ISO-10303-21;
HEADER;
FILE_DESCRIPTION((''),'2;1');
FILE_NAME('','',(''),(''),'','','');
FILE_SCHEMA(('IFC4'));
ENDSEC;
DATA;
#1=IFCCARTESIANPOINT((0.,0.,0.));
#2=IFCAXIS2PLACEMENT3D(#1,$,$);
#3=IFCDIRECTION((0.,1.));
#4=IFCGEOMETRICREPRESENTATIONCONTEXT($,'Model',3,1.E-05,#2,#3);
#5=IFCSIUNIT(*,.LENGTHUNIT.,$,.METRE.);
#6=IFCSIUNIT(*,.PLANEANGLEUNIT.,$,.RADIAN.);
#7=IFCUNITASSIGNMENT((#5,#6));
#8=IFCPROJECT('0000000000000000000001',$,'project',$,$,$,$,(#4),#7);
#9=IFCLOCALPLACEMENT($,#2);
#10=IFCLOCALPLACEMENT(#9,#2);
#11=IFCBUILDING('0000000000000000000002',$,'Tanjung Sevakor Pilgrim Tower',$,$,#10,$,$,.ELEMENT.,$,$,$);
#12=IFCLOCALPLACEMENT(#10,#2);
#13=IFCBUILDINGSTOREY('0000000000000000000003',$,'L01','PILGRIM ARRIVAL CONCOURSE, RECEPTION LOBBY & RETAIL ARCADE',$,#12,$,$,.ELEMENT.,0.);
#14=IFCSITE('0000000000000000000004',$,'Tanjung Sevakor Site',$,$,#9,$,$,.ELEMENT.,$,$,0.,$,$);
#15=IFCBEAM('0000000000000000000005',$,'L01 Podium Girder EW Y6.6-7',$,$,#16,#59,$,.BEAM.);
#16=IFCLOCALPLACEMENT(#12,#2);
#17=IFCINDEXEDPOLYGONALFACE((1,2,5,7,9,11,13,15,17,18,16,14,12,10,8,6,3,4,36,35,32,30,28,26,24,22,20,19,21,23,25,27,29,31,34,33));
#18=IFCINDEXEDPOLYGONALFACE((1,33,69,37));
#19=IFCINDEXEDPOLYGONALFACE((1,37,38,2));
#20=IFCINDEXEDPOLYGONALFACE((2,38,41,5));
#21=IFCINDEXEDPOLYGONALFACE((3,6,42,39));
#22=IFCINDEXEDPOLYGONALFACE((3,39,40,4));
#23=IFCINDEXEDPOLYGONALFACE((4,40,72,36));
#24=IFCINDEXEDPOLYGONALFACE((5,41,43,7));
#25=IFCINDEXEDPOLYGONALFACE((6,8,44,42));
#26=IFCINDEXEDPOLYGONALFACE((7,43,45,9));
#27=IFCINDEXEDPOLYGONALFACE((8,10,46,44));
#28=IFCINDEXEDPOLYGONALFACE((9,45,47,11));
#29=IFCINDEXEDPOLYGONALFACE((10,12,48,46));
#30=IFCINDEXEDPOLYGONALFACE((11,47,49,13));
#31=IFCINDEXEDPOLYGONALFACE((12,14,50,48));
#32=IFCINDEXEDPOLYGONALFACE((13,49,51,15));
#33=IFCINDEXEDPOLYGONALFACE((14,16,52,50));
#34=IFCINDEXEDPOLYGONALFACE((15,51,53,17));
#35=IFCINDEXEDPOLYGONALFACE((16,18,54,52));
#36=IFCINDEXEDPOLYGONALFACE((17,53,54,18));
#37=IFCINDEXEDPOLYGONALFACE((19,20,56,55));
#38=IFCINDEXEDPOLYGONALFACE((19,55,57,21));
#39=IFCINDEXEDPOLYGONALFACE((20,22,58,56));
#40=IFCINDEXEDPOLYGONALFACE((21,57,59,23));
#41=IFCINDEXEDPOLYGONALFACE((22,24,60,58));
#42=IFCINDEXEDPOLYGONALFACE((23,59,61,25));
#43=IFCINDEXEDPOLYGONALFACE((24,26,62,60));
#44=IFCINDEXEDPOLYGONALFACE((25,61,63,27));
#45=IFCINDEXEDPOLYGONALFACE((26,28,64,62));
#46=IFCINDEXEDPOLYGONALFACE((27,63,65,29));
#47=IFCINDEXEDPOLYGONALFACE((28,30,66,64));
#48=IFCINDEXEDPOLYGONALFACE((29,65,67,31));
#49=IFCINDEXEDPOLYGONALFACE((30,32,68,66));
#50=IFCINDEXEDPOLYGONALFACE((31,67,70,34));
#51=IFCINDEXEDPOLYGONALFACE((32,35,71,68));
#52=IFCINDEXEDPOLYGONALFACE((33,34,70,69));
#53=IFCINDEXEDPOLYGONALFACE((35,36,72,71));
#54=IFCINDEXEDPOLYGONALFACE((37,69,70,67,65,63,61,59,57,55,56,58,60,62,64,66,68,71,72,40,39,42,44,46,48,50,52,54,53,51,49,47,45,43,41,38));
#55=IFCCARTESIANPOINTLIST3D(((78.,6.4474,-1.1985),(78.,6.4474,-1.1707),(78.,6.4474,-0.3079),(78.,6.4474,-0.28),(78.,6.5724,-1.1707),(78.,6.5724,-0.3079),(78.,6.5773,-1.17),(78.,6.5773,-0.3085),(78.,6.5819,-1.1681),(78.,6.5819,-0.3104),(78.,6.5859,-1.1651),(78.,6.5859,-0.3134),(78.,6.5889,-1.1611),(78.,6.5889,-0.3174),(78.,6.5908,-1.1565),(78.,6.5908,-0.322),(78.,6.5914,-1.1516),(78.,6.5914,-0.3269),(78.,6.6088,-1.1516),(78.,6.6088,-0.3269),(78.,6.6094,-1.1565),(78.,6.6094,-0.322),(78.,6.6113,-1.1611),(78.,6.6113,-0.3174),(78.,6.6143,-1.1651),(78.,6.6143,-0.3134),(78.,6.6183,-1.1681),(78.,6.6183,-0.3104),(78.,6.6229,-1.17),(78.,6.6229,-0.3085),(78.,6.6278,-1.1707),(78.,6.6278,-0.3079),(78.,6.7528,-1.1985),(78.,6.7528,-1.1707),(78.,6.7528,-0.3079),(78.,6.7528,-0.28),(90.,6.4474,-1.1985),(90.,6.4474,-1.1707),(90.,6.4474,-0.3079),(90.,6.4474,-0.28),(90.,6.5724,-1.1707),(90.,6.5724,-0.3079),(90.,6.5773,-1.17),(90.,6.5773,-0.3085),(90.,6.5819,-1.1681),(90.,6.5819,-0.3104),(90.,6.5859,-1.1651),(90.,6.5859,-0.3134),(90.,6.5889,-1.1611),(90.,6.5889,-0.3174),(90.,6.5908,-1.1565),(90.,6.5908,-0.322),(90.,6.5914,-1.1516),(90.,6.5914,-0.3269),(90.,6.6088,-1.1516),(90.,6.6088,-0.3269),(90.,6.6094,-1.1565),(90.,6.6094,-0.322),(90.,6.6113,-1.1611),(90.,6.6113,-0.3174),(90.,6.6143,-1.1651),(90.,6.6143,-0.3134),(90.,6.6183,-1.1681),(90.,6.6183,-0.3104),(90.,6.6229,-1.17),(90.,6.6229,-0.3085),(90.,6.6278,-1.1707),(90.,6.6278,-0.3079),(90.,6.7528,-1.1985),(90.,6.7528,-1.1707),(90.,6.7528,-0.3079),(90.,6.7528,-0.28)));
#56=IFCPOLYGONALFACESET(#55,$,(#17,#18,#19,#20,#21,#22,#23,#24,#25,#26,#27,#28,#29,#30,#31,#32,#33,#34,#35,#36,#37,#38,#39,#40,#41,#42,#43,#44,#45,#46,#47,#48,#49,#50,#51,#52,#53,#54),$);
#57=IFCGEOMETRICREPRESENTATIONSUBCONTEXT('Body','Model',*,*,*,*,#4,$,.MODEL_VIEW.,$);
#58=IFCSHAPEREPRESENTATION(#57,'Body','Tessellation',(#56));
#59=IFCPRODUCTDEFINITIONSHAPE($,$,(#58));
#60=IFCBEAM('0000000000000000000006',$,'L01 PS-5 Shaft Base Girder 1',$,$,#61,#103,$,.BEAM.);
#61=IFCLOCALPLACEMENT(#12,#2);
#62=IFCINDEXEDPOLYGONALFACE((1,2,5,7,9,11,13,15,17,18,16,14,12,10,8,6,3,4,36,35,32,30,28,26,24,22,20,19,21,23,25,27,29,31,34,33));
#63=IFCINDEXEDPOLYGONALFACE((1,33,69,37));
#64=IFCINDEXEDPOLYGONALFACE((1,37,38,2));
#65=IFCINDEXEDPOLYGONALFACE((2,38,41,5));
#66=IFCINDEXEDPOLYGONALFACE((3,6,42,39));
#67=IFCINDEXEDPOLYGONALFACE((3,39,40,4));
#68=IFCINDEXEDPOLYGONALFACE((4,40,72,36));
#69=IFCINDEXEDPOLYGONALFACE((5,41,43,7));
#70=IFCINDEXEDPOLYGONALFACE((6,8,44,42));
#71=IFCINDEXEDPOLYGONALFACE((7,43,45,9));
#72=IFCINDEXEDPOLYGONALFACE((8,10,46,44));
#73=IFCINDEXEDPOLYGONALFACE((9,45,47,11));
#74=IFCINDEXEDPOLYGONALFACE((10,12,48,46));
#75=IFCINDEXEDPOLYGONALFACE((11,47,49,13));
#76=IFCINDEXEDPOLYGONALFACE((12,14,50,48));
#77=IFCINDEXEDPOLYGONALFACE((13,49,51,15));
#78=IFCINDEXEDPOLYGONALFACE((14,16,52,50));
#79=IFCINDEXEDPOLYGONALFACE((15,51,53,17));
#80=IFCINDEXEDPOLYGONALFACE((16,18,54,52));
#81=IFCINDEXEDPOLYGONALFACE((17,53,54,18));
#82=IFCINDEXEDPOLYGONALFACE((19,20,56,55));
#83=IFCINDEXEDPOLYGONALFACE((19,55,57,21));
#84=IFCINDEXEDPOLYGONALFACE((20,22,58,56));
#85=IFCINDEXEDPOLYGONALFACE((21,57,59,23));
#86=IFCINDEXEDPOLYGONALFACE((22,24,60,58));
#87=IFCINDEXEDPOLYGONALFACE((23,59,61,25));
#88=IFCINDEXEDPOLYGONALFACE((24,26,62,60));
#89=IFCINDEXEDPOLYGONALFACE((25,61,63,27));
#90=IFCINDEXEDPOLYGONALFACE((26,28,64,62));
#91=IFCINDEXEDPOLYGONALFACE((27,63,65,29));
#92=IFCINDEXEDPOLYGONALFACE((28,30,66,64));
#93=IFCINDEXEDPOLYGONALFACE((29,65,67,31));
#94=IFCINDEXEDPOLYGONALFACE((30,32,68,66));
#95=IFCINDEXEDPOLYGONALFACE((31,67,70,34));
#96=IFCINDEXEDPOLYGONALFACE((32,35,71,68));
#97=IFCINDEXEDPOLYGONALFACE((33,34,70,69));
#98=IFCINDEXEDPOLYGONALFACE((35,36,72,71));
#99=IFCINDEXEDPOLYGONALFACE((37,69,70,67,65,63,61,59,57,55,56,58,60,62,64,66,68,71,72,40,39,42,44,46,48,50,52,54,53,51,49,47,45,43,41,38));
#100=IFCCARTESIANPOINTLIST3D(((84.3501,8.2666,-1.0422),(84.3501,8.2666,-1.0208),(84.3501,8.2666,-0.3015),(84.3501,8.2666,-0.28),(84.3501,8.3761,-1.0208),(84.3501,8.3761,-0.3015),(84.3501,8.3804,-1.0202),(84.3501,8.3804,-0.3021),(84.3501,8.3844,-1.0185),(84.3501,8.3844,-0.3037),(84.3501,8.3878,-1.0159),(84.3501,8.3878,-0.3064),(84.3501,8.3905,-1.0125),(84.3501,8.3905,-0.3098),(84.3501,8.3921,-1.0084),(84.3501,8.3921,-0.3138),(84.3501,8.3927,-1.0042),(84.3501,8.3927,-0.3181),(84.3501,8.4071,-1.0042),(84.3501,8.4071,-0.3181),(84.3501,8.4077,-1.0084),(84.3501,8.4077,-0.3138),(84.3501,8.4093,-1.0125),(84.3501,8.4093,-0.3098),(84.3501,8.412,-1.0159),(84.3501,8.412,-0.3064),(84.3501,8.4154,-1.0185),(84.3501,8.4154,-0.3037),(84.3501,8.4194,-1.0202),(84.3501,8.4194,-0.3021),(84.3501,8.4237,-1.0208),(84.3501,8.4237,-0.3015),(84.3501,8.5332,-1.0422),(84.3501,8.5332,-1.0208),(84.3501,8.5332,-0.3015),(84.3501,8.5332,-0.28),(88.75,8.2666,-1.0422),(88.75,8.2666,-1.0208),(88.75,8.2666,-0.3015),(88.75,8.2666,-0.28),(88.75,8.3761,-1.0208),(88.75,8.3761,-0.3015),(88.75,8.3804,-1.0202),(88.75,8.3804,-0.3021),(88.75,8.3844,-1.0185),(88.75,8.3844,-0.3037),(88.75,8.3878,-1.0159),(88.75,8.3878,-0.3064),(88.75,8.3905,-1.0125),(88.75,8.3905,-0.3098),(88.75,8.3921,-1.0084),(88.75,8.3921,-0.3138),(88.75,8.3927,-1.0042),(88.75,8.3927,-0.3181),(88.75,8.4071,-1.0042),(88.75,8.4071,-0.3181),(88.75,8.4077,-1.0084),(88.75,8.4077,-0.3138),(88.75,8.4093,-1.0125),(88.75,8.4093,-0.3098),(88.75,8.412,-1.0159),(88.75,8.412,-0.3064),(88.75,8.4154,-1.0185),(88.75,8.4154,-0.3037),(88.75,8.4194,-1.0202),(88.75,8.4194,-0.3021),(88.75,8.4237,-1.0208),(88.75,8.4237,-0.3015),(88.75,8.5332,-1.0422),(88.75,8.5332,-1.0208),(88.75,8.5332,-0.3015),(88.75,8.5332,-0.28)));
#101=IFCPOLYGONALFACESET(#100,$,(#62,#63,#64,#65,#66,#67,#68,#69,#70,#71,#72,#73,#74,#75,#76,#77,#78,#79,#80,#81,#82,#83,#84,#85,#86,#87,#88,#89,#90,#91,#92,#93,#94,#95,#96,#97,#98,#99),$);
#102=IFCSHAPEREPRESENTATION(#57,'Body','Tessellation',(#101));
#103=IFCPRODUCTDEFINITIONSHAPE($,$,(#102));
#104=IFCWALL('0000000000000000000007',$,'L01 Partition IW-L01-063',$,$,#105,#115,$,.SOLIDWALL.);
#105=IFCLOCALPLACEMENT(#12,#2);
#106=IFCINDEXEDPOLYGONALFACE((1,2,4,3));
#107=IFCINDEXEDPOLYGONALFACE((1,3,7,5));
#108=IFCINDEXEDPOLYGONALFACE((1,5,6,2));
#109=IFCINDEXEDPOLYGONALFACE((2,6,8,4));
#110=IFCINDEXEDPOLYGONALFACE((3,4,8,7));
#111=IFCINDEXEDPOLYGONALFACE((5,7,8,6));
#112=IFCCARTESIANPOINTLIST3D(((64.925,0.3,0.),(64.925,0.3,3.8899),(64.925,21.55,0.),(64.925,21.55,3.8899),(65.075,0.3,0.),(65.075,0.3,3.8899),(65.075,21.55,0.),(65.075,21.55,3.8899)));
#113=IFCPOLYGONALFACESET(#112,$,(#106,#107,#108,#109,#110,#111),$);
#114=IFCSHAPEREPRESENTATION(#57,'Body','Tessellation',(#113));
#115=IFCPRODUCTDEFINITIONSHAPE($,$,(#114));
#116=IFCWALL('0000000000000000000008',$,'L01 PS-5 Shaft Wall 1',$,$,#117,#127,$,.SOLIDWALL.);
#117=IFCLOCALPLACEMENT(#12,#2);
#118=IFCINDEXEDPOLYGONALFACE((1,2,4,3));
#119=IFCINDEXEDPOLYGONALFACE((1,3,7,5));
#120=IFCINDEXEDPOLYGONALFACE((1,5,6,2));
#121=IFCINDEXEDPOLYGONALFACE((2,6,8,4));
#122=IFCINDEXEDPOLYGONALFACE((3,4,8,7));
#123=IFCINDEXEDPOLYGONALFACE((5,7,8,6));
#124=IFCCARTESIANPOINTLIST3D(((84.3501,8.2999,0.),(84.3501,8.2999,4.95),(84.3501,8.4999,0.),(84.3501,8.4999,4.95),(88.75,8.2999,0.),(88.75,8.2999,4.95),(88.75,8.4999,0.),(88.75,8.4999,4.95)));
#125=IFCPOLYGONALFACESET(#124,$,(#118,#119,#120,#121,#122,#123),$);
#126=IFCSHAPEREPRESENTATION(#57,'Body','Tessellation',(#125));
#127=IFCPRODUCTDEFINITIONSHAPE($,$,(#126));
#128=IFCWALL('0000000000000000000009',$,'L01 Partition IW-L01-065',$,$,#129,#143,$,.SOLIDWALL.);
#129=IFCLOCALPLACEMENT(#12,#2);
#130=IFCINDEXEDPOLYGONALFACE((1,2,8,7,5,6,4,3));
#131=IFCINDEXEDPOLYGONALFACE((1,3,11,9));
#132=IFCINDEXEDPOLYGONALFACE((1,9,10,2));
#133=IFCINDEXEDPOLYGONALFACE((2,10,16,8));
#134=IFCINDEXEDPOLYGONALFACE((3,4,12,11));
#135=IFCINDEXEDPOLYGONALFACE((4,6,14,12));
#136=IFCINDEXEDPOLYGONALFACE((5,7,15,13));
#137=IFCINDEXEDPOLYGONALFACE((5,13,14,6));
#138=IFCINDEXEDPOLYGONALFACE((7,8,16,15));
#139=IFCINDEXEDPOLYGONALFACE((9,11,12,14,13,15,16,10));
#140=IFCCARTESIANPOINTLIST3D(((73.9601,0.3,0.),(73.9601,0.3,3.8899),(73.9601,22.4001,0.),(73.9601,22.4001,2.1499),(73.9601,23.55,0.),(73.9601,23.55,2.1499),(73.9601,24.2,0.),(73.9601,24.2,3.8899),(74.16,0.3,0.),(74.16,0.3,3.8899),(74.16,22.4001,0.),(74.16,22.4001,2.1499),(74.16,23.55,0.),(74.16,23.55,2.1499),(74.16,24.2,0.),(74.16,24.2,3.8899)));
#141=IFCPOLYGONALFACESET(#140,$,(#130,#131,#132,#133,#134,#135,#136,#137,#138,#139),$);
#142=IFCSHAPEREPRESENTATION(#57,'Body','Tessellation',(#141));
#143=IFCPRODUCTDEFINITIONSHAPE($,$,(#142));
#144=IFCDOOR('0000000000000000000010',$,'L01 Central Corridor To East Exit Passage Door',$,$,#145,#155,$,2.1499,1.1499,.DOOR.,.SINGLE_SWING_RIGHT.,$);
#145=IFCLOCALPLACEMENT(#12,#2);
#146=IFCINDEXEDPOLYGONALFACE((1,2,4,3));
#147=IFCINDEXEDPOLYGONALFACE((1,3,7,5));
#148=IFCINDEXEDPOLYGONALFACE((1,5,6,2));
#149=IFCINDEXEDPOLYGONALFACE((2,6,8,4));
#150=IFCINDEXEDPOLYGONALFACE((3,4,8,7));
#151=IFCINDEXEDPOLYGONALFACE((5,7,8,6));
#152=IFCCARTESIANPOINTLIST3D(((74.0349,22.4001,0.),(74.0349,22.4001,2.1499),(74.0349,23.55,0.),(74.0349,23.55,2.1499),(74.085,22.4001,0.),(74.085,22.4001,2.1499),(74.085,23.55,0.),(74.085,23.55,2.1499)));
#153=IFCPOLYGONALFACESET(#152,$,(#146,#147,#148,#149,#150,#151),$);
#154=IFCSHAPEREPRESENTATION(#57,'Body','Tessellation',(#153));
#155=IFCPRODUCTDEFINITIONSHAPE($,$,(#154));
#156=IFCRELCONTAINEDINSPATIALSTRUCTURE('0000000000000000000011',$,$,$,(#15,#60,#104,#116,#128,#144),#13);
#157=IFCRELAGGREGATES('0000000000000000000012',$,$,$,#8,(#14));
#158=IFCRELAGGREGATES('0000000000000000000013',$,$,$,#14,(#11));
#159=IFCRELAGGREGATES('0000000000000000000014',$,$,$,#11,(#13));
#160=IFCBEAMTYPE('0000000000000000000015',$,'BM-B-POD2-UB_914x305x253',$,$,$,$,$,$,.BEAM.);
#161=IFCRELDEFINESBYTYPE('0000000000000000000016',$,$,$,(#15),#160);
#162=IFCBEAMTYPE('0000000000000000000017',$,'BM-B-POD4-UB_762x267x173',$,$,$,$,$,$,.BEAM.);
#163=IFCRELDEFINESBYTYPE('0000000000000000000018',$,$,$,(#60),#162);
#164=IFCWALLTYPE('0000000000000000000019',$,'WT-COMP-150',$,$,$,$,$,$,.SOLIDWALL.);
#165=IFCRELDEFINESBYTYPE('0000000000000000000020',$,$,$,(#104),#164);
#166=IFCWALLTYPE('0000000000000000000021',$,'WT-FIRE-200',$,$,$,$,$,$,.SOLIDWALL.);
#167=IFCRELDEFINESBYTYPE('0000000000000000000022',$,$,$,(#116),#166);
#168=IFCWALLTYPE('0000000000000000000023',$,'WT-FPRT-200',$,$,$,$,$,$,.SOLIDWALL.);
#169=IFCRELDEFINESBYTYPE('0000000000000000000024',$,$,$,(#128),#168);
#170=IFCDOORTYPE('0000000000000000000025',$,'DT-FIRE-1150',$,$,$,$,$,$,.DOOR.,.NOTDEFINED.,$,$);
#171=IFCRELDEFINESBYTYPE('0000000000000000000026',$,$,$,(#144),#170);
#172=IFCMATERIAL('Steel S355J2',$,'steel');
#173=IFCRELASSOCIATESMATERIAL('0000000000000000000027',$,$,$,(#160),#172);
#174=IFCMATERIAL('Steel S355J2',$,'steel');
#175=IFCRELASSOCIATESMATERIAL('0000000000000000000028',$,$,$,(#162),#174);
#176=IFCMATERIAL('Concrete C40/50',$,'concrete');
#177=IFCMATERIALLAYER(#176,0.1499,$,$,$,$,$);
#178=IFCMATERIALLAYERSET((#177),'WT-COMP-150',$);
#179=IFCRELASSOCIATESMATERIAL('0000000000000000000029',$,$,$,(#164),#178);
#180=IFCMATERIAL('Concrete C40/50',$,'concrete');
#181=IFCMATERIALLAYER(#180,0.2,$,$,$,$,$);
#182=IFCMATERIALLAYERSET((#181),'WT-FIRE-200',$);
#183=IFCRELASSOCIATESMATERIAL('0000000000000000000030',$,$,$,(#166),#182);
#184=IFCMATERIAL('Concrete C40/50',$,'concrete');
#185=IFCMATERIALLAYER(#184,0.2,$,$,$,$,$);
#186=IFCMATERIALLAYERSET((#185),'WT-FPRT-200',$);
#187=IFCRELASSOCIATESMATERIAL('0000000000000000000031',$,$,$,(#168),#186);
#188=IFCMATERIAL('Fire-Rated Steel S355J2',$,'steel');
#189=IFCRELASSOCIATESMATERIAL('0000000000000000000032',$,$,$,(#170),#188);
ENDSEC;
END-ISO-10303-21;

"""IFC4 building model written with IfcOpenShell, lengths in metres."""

from ifc_helpers import new_model, si_unit, direction, frame, frame_2d, origin, origin_2d, place, context, subcontext, project, spatial, rectangle, i_section, extrude, material, layer, layer_set, material_profile, profile_set, type_object, element, fill, save


model = new_model("IFC4")

# Units and contexts
model_context = context("Model", 3, precision=1e-05, world=origin(), true_north=direction((0.0, 1.0)))
body_context = subcontext(model_context, "Body", "Model", "MODEL_VIEW")
ifc_project = project(units=[si_unit("LENGTHUNIT", "METRE"), si_unit("PLANEANGLEUNIT", "RADIAN")], contexts=[model_context])

# Site, building, storey
site_placement = place(None, origin())
site = spatial("IfcSite", under=ifc_project, at=site_placement, Name="Tanjung Sevakor Site", CompositionType="ELEMENT", RefElevation=0.0)
building_placement = place(site_placement, origin())
building = spatial("IfcBuilding", under=site, at=building_placement, Name="Tanjung Sevakor Pilgrim Tower", CompositionType="ELEMENT")
storey_placement = place(building_placement, origin())
storey = spatial("IfcBuildingStorey", under=building, at=storey_placement, Name="L01", Description="PILGRIM ARRIVAL CONCOURSE, RECEPTION LOBBY & RETAIL ARCADE", CompositionType="ELEMENT", Elevation=0.0)

# Beams
ifc_material_1 = material(Name="Steel S355J2", Category="steel")
ifc_material_profile_1 = material_profile(ifc_material_1, i_section(OverallWidth=0.3054, OverallDepth=0.9185, WebThickness=0.0173, FlangeThickness=0.0278, FilletRadius=0.019, at=origin_2d()))
ifc_profile_set_1 = profile_set([ifc_material_profile_1], Name="Steel S355J2")
beam_type_1 = type_object("IfcBeamType", Name="BM-B-POD2-UB_914x305x253", PredefinedType="BEAM", material=ifc_profile_set_1)
beam_1_placement = place(storey_placement, frame((78.0, 6.6001, -0.7393), z_axis=(1.0, 0.0, 0.0), x_axis=(0.0, 1.0, 0.0)))
element("IfcBeam", 1, at=beam_1_placement, inside=storey, type_object=beam_type_1, Name="L01 Podium Girder EW Y6.6-7", PredefinedType="BEAM", context=body_context, shape_type="SweptSolid", body=[
    extrude(i_section(OverallWidth=0.3054, OverallDepth=0.9185, WebThickness=0.0173, FlangeThickness=0.0278, FilletRadius=0.019, at=origin_2d()), origin(), (0.0, 0.0, 1.0), 12.0),
])
ifc_material_2 = material(Name="Steel S355J2", Category="steel")
ifc_material_profile_2 = material_profile(ifc_material_2, i_section(OverallWidth=0.2666, OverallDepth=0.7622, WebThickness=0.0144, FlangeThickness=0.0215, FilletRadius=0.0166, at=origin_2d()))
ifc_profile_set_2 = profile_set([ifc_material_profile_2], Name="Steel S355J2")
beam_type_2 = type_object("IfcBeamType", Name="BM-B-POD4-UB_762x267x173", PredefinedType="BEAM", material=ifc_profile_set_2)
beam_2_placement = place(storey_placement, frame((84.3501, 8.3999, -0.6611), z_axis=(1.0, 0.0, 0.0), x_axis=(0.0, 1.0, 0.0)))
element("IfcBeam", 2, at=beam_2_placement, inside=storey, type_object=beam_type_2, Name="L01 PS-5 Shaft Base Girder 1", PredefinedType="BEAM", context=body_context, shape_type="SweptSolid", body=[
    extrude(i_section(OverallWidth=0.2666, OverallDepth=0.7622, WebThickness=0.0144, FlangeThickness=0.0215, FilletRadius=0.0166, at=origin_2d()), origin(), (0.0, 0.0, 1.0), 4.3999),
])

# Walls
ifc_material_3 = material(Name="Concrete C40/50", Category="concrete")
ifc_layer_1 = layer(ifc_material_3, 0.1499)
ifc_layer_set_1 = layer_set([ifc_layer_1], Name="WT-COMP-150")
wall_type_1 = type_object("IfcWallType", Name="WT-COMP-150", PredefinedType="SOLIDWALL", material=ifc_layer_set_1)
wall_1_placement = place(storey_placement, frame((65.0, 0.3, 0.0), z_axis=(0.0, 0.0, 1.0), x_axis=(0.0, 1.0, 0.0)))
element("IfcWall", 3, at=wall_1_placement, inside=storey, type_object=wall_type_1, Name="L01 Partition IW-L01-063", PredefinedType="SOLIDWALL", context=body_context, shape_type="SweptSolid", body=[
    extrude(rectangle(XDim=21.25, YDim=0.1499, at=frame_2d((10.625, 0.0))), origin(), (0.0, 0.0, 1.0), 3.8899),
])
ifc_material_4 = material(Name="Concrete C40/50", Category="concrete")
ifc_layer_2 = layer(ifc_material_4, 0.2)
ifc_layer_set_2 = layer_set([ifc_layer_2], Name="WT-FIRE-200")
wall_type_2 = type_object("IfcWallType", Name="WT-FIRE-200", PredefinedType="SOLIDWALL", material=ifc_layer_set_2)
wall_2_placement = place(storey_placement, frame((84.3501, 8.3999, 0.0), z_axis=(0.0, 0.0, 1.0), x_axis=(1.0, 0.0, 0.0)))
element("IfcWall", 4, at=wall_2_placement, inside=storey, type_object=wall_type_2, Name="L01 PS-5 Shaft Wall 1", PredefinedType="SOLIDWALL", context=body_context, shape_type="SweptSolid", body=[
    extrude(rectangle(XDim=4.3999, YDim=0.2, at=frame_2d((2.2, 0.0))), origin(), (0.0, 0.0, 1.0), 4.95),
])

# Wall, opening, door
ifc_material_5 = material(Name="Concrete C40/50", Category="concrete")
ifc_layer_3 = layer(ifc_material_5, 0.2)
ifc_layer_set_3 = layer_set([ifc_layer_3], Name="WT-FPRT-200")
wall_type_3 = type_object("IfcWallType", Name="WT-FPRT-200", PredefinedType="SOLIDWALL", material=ifc_layer_set_3)
wall_3_placement = place(storey_placement, frame((74.0601, 0.3, 0.0), z_axis=(0.0, 0.0, 1.0), x_axis=(0.0, 1.0, 0.0)))
wall_3 = element("IfcWall", 5, at=wall_3_placement, inside=storey, type_object=wall_type_3, Name="L01 Partition IW-L01-065", PredefinedType="SOLIDWALL", context=body_context, shape_type="SweptSolid", body=[
    extrude(rectangle(XDim=23.8999, YDim=0.2, at=frame_2d((11.95, 0.0))), origin(), (0.0, 0.0, 1.0), 3.8899),
])
opening_1_placement = place(wall_3_placement, frame((22.1001, 0.0, 0.0)))
opening_1 = element("IfcOpeningElement", 6, at=opening_1_placement, cuts=wall_3, PredefinedType="OPENING", context=body_context, shape_type="SweptSolid", body=[
    extrude(rectangle(XDim=1.1499, YDim=2.1499, at=frame_2d((0.575, 1.075))), frame((0.0, 0.1099, 0.0), z_axis=(0.0, -1.0, 0.0), x_axis=(1.0, 0.0, 0.0)), (0.0, 0.0, 1.0), 0.22),
])
ifc_material_6 = material(Name="Fire-Rated Steel S355J2", Category="steel")
door_type = type_object("IfcDoorType", Name="DT-FIRE-1150", OperationType="NOTDEFINED", PredefinedType="DOOR", material=ifc_material_6)
door_1_placement = place(opening_1_placement, frame((1.1499, 0.0, 0.0), z_axis=(0.0, 0.0, 1.0), x_axis=(-1.0, 0.0, 0.0)))
door_1 = element("IfcDoor", 7, at=door_1_placement, inside=storey, type_object=door_type, Name="L01 Central Corridor To East Exit Passage Door", OperationType="SINGLE_SWING_RIGHT", OverallHeight=2.1499, OverallWidth=1.1499, PredefinedType="DOOR", context=body_context, shape_type="SweptSolid", body=[
    extrude(rectangle(XDim=1.1499, YDim=2.1499, at=frame_2d((0.575, 1.075))), frame((0.0, 0.0249, 0.0), z_axis=(0.0, -1.0, 0.0), x_axis=(1.0, 0.0, 0.0)), (0.0, 0.0, 1.0), 0.05),
])
fill(opening_1, door_1)

save(model, "model.ifc")
